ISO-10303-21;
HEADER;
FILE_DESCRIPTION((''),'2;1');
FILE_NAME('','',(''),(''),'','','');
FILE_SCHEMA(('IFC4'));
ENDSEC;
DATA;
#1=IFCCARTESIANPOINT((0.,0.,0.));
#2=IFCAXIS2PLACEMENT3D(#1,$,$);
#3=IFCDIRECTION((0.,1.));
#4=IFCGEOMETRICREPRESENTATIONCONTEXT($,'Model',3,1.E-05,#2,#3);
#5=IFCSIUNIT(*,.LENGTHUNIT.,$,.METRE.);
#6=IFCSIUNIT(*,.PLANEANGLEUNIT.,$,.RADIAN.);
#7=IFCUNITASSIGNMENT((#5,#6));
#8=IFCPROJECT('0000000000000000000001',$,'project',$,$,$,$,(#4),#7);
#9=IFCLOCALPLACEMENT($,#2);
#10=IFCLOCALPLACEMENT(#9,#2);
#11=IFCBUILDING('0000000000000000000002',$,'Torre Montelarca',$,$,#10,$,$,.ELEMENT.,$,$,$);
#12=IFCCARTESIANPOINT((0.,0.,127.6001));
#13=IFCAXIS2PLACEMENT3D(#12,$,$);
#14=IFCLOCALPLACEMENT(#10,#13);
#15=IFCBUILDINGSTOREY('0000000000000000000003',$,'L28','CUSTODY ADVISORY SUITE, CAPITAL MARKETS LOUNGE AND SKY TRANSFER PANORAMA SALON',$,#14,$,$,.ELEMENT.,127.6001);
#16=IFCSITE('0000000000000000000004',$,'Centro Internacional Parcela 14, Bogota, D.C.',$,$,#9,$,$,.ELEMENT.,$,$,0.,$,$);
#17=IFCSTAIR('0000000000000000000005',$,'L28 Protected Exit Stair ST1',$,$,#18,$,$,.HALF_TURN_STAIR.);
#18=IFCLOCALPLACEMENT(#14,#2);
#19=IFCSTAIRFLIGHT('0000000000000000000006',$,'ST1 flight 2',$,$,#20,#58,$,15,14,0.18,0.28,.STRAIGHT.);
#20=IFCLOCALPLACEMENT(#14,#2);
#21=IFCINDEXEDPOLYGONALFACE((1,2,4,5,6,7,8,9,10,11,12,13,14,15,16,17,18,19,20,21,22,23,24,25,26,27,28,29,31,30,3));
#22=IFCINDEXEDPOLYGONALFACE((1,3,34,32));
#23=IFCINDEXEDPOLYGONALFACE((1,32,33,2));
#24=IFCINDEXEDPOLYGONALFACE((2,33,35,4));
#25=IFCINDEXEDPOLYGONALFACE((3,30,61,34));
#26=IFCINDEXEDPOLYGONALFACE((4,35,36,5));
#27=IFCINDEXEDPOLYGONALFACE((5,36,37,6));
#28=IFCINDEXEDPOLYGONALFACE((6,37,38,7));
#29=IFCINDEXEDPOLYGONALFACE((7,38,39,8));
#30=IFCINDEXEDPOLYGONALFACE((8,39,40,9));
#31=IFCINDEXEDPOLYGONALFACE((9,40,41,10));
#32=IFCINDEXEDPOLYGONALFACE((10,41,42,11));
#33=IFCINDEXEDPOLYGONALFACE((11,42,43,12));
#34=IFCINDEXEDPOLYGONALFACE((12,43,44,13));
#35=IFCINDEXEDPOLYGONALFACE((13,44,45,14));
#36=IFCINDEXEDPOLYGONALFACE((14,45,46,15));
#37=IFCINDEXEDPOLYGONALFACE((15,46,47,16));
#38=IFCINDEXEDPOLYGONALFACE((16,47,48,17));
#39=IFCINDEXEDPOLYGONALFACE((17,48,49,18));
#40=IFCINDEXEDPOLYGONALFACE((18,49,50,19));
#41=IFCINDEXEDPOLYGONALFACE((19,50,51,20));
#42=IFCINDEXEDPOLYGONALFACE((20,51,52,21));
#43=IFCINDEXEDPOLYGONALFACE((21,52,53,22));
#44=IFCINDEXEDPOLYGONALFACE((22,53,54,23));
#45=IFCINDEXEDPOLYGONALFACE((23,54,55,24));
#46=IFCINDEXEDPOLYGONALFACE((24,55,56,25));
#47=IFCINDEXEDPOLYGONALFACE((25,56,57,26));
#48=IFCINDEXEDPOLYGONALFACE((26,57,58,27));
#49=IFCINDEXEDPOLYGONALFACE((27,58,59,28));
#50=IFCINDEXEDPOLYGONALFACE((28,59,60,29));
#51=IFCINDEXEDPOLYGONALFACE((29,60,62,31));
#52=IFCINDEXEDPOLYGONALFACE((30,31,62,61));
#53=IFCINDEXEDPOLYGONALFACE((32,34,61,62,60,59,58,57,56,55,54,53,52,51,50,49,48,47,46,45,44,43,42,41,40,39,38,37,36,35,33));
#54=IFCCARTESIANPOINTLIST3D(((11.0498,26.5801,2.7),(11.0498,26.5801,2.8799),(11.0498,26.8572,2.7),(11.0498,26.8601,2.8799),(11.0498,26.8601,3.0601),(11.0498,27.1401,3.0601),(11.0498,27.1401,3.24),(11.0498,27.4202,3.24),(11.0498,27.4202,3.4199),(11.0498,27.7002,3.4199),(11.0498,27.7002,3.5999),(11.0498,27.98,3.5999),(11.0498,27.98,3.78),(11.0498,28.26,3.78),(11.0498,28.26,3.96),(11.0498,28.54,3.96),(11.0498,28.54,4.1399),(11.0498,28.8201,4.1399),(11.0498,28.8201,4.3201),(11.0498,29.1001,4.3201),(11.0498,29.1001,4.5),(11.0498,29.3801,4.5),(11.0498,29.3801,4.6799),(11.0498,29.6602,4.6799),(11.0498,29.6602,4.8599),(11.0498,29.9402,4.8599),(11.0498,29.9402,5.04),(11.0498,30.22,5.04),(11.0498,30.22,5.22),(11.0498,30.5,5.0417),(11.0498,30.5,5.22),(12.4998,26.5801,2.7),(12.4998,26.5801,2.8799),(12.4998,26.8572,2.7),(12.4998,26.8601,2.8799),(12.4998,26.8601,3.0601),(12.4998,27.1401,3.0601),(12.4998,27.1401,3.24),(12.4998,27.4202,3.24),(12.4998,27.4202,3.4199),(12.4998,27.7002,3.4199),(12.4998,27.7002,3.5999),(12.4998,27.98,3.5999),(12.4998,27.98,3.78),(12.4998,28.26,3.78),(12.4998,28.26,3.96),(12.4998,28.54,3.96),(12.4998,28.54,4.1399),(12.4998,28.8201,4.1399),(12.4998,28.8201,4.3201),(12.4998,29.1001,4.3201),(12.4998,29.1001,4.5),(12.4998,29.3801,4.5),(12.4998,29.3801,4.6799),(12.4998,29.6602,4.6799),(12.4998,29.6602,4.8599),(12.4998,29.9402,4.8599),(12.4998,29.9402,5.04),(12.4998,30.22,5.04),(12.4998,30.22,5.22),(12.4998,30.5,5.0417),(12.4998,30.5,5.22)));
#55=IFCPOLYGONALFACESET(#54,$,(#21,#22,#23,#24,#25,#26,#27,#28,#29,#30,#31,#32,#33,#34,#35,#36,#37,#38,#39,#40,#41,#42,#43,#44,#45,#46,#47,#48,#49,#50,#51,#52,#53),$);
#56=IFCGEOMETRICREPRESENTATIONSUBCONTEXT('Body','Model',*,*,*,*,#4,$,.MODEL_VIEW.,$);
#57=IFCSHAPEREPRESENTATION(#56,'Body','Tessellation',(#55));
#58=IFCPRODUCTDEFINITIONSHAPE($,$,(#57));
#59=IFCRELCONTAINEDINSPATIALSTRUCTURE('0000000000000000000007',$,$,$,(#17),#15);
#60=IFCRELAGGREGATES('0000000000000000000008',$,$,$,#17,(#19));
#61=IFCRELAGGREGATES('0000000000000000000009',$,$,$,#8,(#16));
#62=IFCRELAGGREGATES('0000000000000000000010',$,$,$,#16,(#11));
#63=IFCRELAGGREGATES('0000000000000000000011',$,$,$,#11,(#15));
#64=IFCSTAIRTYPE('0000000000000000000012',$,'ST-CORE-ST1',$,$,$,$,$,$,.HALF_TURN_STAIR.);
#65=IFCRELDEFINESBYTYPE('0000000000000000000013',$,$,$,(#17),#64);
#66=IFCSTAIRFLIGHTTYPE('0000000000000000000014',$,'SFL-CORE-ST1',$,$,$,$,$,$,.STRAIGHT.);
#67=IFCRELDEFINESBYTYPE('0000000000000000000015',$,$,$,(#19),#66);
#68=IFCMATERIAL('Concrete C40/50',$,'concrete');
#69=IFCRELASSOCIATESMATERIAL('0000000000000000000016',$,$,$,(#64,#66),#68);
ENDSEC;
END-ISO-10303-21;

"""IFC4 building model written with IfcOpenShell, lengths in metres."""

from ifc_helpers import new_model, si_unit, direction, frame, origin, place, context, subcontext, project, spatial, polyline, outline, extrude, material, type_object, element, aggregate, save


model = new_model("IFC4")

# Units and contexts
model_context = context("Model", 3, precision=1e-05, world=origin(), true_north=direction((0.0, 1.0)))
body_context = subcontext(model_context, "Body", "Model", "MODEL_VIEW")
ifc_project = project(units=[si_unit("LENGTHUNIT", "METRE"), si_unit("PLANEANGLEUNIT", "RADIAN")], contexts=[model_context])

# Site, building, storey
site_placement = place(None, origin())
site = spatial("IfcSite", under=ifc_project, at=site_placement, Name="Centro Internacional Parcela 14, Bogota, D.C.", CompositionType="ELEMENT", RefElevation=0.0)
building_placement = place(site_placement, origin())
building = spatial("IfcBuilding", under=site, at=building_placement, Name="Torre Montelarca", CompositionType="ELEMENT")
storey_placement = place(building_placement, frame((0.0, 0.0, 127.6001)))
storey = spatial("IfcBuildingStorey", under=building, at=storey_placement, Name="L28", Description="CUSTODY ADVISORY SUITE, CAPITAL MARKETS LOUNGE AND SKY TRANSFER PANORAMA SALON", CompositionType="ELEMENT", Elevation=127.6001)

# Shared definitions
ifc_material_1 = material(Name="Concrete C40/50", Category="concrete")

# Stair, stair flight
stair_type = type_object("IfcStairType", Name="ST-CORE-ST1", PredefinedType="HALF_TURN_STAIR", material=ifc_material_1)
stair_placement = place(storey_placement, origin())
stair = element("IfcStair", 1, at=stair_placement, inside=storey, type_object=stair_type, Name="L28 Protected Exit Stair ST1", PredefinedType="HALF_TURN_STAIR")
stair_flight_type = type_object("IfcStairFlightType", Name="SFL-CORE-ST1", PredefinedType="STRAIGHT", material=ifc_material_1)
stair_flight_placement = place(storey_placement, frame((11.7749, 26.5801, 2.7), z_axis=(0.0, 0.0, 1.0), x_axis=(0.0, 1.0, 0.0)))
stair_flight = element("IfcStairFlight", 2, at=stair_flight_placement, type_object=stair_flight_type, Name="ST1 flight 2", NumberOfRisers=15, NumberOfTreads=14, PredefinedType="STRAIGHT", RiserHeight=0.18, TreadLength=0.28, context=body_context, shape_type="SweptSolid", body=[
    extrude(outline(polyline([(0.0, 0.0), (0.0, 0.1799), (0.28, 0.1799), (0.28, 0.3601), (0.5601, 0.3601), (0.5601, 0.54), (0.8401, 0.54), (0.8401, 0.72), (1.1201, 0.72), (1.1201, 0.8999), (1.3999, 0.8999), (1.3999, 1.0801), (1.6799, 1.0801), (1.6799, 1.26), (1.96, 1.26), (1.96, 1.4399), (2.24, 1.4399), (2.24, 1.6201), (2.52, 1.6201), (2.52, 1.8), (2.8, 1.8), (2.8, 1.98), (3.0801, 1.98), (3.0801, 2.1599), (3.3601, 2.1599), (3.3601, 2.3401), (3.6399, 2.3401), (3.6399, 2.52), (3.9199, 2.52), (3.9199, 2.7), (3.9199, 2.3418), (0.2771, 0.0), (0.0, 0.0)])), frame((0.0, 0.7251, 0.0), z_axis=(0.0, -1.0, 0.0), x_axis=(1.0, 0.0, 0.0)), (0.0, 0.0, 1.0), 1.45),
])
aggregate(stair, [stair_flight])

save(model, "model.ifc")
